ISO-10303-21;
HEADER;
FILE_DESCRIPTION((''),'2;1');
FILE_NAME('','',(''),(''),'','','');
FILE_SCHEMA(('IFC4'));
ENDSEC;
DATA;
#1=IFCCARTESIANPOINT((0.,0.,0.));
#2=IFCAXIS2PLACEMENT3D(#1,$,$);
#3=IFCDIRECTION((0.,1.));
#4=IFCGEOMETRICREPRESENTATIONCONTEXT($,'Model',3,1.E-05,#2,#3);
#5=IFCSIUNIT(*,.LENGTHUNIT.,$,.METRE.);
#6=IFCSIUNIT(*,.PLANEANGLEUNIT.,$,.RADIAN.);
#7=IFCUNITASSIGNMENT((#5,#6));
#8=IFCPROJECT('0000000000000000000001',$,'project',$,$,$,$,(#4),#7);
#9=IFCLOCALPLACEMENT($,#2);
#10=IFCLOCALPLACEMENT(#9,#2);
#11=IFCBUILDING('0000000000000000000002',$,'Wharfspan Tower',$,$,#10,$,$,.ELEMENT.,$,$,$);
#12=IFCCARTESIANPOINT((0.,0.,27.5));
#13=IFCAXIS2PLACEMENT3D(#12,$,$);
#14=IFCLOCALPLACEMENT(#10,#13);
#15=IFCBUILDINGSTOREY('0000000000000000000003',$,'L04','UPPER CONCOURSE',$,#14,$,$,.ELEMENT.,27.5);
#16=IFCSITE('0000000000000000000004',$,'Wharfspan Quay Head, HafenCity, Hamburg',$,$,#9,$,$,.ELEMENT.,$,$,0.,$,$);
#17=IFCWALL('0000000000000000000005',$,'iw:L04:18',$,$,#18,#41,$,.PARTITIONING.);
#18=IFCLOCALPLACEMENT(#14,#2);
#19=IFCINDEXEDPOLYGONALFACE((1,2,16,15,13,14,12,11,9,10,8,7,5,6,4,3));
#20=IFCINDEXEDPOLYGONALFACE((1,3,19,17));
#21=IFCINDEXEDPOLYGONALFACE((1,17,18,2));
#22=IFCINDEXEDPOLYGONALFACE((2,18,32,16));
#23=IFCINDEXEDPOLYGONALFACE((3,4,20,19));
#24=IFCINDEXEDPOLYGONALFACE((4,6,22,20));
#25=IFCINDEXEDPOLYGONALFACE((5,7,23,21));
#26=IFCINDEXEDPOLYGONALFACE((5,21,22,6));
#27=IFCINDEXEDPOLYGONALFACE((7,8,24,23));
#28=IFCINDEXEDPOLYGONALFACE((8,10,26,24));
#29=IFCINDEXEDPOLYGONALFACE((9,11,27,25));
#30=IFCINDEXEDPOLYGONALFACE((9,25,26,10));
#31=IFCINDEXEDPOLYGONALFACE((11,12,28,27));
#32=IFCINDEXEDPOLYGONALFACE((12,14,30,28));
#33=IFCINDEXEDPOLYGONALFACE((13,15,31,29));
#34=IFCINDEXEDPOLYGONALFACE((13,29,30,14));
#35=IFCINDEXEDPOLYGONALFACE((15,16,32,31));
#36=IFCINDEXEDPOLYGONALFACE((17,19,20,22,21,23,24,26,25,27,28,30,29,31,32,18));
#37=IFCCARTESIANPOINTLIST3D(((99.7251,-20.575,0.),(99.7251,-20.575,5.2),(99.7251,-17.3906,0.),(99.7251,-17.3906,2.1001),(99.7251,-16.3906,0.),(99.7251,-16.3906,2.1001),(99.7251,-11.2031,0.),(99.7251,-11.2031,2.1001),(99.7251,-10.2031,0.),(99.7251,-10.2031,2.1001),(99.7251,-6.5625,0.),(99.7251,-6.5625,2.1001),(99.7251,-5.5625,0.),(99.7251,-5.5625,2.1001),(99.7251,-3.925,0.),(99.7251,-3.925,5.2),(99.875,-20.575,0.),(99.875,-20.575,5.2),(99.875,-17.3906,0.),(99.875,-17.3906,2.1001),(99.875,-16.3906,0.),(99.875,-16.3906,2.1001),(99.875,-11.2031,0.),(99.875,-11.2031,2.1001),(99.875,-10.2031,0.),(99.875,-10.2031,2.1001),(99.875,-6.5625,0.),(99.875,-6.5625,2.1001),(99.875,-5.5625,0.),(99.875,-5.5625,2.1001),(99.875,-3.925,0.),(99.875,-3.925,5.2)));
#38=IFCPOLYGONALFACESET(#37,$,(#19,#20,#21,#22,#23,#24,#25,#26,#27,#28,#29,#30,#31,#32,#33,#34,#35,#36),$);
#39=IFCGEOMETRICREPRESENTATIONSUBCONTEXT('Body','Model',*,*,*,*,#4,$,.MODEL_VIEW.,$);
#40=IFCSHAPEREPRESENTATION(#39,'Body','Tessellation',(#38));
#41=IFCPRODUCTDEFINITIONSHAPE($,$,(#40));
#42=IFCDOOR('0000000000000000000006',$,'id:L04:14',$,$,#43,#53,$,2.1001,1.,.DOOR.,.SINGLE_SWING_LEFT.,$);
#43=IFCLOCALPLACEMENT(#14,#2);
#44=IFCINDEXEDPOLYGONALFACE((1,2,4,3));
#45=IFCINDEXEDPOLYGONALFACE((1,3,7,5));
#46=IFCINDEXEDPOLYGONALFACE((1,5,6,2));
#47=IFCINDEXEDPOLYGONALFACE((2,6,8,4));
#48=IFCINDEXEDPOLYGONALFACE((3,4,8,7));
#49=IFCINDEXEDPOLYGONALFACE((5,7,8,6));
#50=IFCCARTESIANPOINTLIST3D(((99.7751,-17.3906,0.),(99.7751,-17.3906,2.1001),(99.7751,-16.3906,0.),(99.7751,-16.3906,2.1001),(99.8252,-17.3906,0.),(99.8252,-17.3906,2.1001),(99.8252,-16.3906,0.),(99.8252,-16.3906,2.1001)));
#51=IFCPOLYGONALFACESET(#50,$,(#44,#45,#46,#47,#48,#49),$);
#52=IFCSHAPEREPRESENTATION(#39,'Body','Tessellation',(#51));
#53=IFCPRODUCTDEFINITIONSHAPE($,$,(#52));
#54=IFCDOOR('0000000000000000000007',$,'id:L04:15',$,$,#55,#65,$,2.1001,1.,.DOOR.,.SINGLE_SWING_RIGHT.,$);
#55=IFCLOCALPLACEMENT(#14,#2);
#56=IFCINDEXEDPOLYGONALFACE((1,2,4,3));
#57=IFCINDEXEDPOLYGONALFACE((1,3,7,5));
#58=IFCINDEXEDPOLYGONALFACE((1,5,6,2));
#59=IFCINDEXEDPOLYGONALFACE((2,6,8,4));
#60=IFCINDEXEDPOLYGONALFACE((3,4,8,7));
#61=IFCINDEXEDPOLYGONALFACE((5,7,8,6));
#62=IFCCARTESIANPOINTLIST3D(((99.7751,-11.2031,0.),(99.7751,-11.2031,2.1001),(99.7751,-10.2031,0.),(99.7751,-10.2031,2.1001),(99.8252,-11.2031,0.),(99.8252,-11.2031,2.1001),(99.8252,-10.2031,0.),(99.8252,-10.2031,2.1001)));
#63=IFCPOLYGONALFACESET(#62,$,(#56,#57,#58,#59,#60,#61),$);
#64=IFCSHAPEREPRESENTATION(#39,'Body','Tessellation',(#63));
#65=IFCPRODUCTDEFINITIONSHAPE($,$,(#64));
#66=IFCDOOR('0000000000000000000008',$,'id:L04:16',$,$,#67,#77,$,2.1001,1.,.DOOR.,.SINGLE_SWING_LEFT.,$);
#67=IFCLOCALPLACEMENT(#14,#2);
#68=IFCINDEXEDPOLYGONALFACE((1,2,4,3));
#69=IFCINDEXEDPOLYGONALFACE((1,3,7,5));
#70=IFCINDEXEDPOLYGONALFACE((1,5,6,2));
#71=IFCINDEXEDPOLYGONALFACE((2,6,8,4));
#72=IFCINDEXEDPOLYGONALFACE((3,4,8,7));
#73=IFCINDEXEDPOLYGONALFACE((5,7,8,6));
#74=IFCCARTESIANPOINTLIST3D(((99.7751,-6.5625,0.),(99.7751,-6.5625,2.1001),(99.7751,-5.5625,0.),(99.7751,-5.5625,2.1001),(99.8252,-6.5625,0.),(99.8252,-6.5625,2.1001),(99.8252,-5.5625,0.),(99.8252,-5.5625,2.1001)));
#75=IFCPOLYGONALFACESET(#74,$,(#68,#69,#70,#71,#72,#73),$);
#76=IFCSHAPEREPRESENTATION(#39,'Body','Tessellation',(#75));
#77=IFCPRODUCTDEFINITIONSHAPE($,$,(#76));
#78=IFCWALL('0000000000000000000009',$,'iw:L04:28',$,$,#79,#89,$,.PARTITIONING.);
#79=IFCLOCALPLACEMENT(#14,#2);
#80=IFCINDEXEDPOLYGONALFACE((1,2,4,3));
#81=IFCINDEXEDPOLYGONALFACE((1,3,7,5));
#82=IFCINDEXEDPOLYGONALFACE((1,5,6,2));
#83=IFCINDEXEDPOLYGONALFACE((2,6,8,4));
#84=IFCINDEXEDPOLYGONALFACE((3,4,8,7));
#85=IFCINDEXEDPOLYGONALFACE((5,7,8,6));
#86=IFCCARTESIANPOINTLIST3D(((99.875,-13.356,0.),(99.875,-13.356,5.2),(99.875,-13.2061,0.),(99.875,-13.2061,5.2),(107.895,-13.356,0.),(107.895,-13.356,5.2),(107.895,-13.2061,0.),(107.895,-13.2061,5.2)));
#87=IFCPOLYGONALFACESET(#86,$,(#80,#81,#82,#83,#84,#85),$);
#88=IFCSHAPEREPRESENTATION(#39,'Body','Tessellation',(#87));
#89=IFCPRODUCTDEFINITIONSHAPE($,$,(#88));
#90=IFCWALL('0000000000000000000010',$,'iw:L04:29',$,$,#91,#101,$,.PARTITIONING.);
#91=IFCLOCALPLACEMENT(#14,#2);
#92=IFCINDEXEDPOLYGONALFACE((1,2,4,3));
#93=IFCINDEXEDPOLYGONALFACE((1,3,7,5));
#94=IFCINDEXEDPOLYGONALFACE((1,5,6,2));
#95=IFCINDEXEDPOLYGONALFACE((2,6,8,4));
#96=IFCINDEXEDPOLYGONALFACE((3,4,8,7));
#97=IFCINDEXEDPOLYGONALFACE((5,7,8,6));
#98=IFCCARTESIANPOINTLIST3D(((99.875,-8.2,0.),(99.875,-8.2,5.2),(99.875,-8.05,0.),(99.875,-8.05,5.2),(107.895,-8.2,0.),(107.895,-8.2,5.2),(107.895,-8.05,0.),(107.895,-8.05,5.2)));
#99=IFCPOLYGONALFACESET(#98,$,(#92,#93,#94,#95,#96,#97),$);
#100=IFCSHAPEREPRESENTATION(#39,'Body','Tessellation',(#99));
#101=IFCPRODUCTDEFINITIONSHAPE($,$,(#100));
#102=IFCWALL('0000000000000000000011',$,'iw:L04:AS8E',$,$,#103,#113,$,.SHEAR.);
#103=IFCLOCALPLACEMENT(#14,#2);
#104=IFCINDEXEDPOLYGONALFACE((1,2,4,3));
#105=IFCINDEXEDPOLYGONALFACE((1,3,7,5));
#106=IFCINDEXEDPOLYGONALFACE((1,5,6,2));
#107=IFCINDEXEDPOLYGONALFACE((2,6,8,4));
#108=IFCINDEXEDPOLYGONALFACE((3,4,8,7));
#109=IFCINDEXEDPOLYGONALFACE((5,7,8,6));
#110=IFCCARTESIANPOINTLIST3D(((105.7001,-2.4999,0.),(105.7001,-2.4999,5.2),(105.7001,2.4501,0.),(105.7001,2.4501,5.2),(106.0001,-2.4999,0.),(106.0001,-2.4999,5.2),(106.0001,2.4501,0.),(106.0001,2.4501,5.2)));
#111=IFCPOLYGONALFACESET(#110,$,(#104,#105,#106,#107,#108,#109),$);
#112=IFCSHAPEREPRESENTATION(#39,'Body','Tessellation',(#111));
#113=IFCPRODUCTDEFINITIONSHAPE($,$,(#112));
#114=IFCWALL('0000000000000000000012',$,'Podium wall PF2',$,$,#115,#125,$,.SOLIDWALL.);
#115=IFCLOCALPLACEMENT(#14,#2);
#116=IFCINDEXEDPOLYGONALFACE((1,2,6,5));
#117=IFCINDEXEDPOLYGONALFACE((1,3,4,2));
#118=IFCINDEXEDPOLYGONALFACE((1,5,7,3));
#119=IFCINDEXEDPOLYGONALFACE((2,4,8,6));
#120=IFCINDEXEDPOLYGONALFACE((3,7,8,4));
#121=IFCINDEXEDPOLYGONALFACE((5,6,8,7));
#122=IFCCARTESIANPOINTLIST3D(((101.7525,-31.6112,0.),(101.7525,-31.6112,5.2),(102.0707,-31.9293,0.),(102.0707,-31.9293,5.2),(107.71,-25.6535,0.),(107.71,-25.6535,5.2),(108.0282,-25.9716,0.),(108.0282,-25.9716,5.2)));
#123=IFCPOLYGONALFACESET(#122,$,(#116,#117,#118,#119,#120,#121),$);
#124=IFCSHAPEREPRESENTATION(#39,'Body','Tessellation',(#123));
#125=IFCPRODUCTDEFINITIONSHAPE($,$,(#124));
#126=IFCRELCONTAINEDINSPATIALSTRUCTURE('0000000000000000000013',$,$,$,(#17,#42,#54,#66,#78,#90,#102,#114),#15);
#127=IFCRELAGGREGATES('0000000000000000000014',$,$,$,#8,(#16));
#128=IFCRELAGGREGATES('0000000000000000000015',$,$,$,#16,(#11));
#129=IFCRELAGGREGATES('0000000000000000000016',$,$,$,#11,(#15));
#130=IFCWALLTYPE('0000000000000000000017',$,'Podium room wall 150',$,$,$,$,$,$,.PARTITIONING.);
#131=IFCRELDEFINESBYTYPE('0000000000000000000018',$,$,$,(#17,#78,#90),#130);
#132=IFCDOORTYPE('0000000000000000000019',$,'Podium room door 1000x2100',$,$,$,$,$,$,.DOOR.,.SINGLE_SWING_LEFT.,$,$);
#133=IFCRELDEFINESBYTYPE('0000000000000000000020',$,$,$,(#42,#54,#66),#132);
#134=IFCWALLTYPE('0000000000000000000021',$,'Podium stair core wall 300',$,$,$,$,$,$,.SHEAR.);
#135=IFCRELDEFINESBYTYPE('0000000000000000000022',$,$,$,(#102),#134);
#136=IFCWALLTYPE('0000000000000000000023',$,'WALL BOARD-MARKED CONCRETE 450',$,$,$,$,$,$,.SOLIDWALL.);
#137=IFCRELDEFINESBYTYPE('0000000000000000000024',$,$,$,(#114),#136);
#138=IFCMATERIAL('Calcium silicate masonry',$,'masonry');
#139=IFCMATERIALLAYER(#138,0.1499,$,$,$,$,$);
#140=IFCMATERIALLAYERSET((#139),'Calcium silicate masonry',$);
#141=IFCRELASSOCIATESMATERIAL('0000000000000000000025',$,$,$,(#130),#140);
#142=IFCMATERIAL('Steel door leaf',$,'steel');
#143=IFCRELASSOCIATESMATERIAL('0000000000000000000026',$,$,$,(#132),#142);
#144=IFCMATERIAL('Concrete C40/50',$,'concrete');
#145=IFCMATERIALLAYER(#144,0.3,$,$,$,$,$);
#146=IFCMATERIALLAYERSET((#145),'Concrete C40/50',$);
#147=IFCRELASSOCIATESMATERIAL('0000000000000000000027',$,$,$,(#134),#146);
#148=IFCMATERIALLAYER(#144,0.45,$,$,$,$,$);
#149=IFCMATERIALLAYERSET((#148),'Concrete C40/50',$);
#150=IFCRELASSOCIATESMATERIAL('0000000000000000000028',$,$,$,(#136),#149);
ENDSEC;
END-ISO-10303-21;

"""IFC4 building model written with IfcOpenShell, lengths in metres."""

from ifc_helpers import new_model, si_unit, direction, frame, frame_2d, origin, place, context, subcontext, project, spatial, rectangle, extrude, material, layer, layer_set, type_object, element, fill, save


model = new_model("IFC4")

# Units and contexts
model_context = context("Model", 3, precision=1e-05, world=origin(), true_north=direction((0.0, 1.0)))
body_context = subcontext(model_context, "Body", "Model", "MODEL_VIEW")
ifc_project = project(units=[si_unit("LENGTHUNIT", "METRE"), si_unit("PLANEANGLEUNIT", "RADIAN")], contexts=[model_context])

# Site, building, storey
site_placement = place(None, origin())
site = spatial("IfcSite", under=ifc_project, at=site_placement, Name="Wharfspan Quay Head, HafenCity, Hamburg", CompositionType="ELEMENT", RefElevation=0.0)
building_placement = place(site_placement, origin())
building = spatial("IfcBuilding", under=site, at=building_placement, Name="Wharfspan Tower", CompositionType="ELEMENT")
storey_placement = place(building_placement, frame((0.0, 0.0, 27.5)))
storey = spatial("IfcBuildingStorey", under=building, at=storey_placement, Name="L04", Description="UPPER CONCOURSE", CompositionType="ELEMENT", Elevation=27.5)

# Shared definitions
ifc_material_1 = material(Name="Calcium silicate masonry", Category="masonry")
ifc_layer_1 = layer(ifc_material_1, 0.1499)
ifc_layer_set_1 = layer_set([ifc_layer_1], Name="Calcium silicate masonry")
wall_type_1 = type_object("IfcWallType", Name="Podium room wall 150", PredefinedType="PARTITIONING", material=ifc_layer_set_1)

# Wall, openings, doors
wall_1_placement = place(storey_placement, frame((99.8, -20.575, 0.0), z_axis=(0.0, 0.0, 1.0), x_axis=(0.0, 1.0, 0.0)))
wall_1 = element("IfcWall", 1, at=wall_1_placement, inside=storey, type_object=wall_type_1, Name="iw:L04:18", PredefinedType="PARTITIONING", context=body_context, shape_type="SweptSolid", body=[
    extrude(rectangle(XDim=16.6499, YDim=0.1499, at=frame_2d((8.325, 0.0))), origin(), (0.0, 0.0, 1.0), 5.2),
])
opening_1_placement = place(wall_1_placement, frame((3.1843, 0.0, 0.0)))
opening_1 = element("IfcOpeningElement", 2, at=opening_1_placement, cuts=wall_1, PredefinedType="OPENING", context=body_context, shape_type="SweptSolid", body=[
    extrude(rectangle(XDim=1.0, YDim=2.1001, at=frame_2d((0.5, 1.05))), frame((0.0, 0.085, 0.0), z_axis=(0.0, -1.0, 0.0), x_axis=(1.0, 0.0, 0.0)), (0.0, 0.0, 1.0), 0.1699),
])
opening_2_placement = place(wall_1_placement, frame((9.3718, 0.0, 0.0)))
opening_2 = element("IfcOpeningElement", 3, at=opening_2_placement, cuts=wall_1, PredefinedType="OPENING", context=body_context, shape_type="SweptSolid", body=[
    extrude(rectangle(XDim=1.0, YDim=2.1001, at=frame_2d((0.5, 1.05))), frame((0.0, 0.085, 0.0), z_axis=(0.0, -1.0, 0.0), x_axis=(1.0, 0.0, 0.0)), (0.0, 0.0, 1.0), 0.1699),
])
opening_3_placement = place(wall_1_placement, frame((14.0125, 0.0, 0.0)))
opening_3 = element("IfcOpeningElement", 4, at=opening_3_placement, cuts=wall_1, PredefinedType="OPENING", context=body_context, shape_type="SweptSolid", body=[
    extrude(rectangle(XDim=1.0, YDim=2.1001, at=frame_2d((0.5, 1.05))), frame((0.0, 0.085, 0.0), z_axis=(0.0, -1.0, 0.0), x_axis=(1.0, 0.0, 0.0)), (0.0, 0.0, 1.0), 0.1699),
])
ifc_material_2 = material(Name="Steel door leaf", Category="steel")
door_type = type_object("IfcDoorType", Name="Podium room door 1000x2100", OperationType="SINGLE_SWING_LEFT", PredefinedType="DOOR", material=ifc_material_2)
door_1_placement = place(opening_1_placement, origin())
door_1 = element("IfcDoor", 5, at=door_1_placement, inside=storey, type_object=door_type, Name="id:L04:14", OperationType="SINGLE_SWING_LEFT", OverallHeight=2.1001, OverallWidth=1.0, PredefinedType="DOOR", context=body_context, shape_type="SweptSolid", body=[
    extrude(rectangle(XDim=1.0, YDim=2.1001, at=frame_2d((0.5, 1.05))), frame((0.0, 0.0249, 0.0), z_axis=(0.0, -1.0, 0.0), x_axis=(1.0, 0.0, 0.0)), (0.0, 0.0, 1.0), 0.05),
])
fill(opening_1, door_1)
door_2_placement = place(opening_2_placement, origin())
door_2 = element("IfcDoor", 6, at=door_2_placement, inside=storey, type_object=door_type, Name="id:L04:15", OperationType="SINGLE_SWING_RIGHT", OverallHeight=2.1001, OverallWidth=1.0, PredefinedType="DOOR", context=body_context, shape_type="SweptSolid", body=[
    extrude(rectangle(XDim=1.0, YDim=2.1001, at=frame_2d((0.5, 1.05))), frame((0.0, 0.0249, 0.0), z_axis=(0.0, -1.0, 0.0), x_axis=(1.0, 0.0, 0.0)), (0.0, 0.0, 1.0), 0.05),
])
fill(opening_2, door_2)
door_3_placement = place(opening_3_placement, origin())
door_3 = element("IfcDoor", 7, at=door_3_placement, inside=storey, type_object=door_type, Name="id:L04:16", OperationType="SINGLE_SWING_LEFT", OverallHeight=2.1001, OverallWidth=1.0, PredefinedType="DOOR", context=body_context, shape_type="SweptSolid", body=[
    extrude(rectangle(XDim=1.0, YDim=2.1001, at=frame_2d((0.5, 1.05))), frame((0.0, 0.0249, 0.0), z_axis=(0.0, -1.0, 0.0), x_axis=(1.0, 0.0, 0.0)), (0.0, 0.0, 1.0), 0.05),
])
fill(opening_3, door_3)

# Walls
for number, where, z_axis, x_axis, name in (
    (8, (99.875, -13.281, 0.0), (0.0, 0.0, 1.0), (1.0, 0.0, 0.0), "iw:L04:28"),
    (9, (99.875, -8.125, 0.0), (0.0, 0.0, 1.0), (1.0, 0.0, 0.0), "iw:L04:29"),
):
    element("IfcWall", number, at=place(storey_placement, frame(where, z_axis=z_axis, x_axis=x_axis)), inside=storey, type_object=wall_type_1, Name=name, PredefinedType="PARTITIONING", context=body_context, shape_type="SweptSolid", body=[
        extrude(rectangle(XDim=8.02, YDim=0.1499, at=frame_2d((4.01, 0.0))), origin(), (0.0, 0.0, 1.0), 5.2),
    ])
ifc_material_3 = material(Name="Concrete C40/50", Category="concrete")
ifc_layer_2 = layer(ifc_material_3, 0.3)
ifc_layer_set_2 = layer_set([ifc_layer_2], Name="Concrete C40/50")
wall_type_2 = type_object("IfcWallType", Name="Podium stair core wall 300", PredefinedType="SHEAR", material=ifc_layer_set_2)
wall_2_placement = place(storey_placement, frame((105.8501, -2.5, 0.0), z_axis=(0.0, 0.0, 1.0), x_axis=(0.0, 1.0, 0.0)))
element("IfcWall", 10, at=wall_2_placement, inside=storey, type_object=wall_type_2, Name="iw:L04:AS8E", PredefinedType="SHEAR", context=body_context, shape_type="SweptSolid", body=[
    extrude(rectangle(XDim=4.95, YDim=0.3, at=frame_2d((2.4751, 0.0))), origin(), (0.0, 0.0, 1.0), 5.2),
])
ifc_layer_3 = layer(ifc_material_3, 0.45)
ifc_layer_set_3 = layer_set([ifc_layer_3], Name="Concrete C40/50")
wall_type_3 = type_object("IfcWallType", Name="WALL BOARD-MARKED CONCRETE 450", PredefinedType="SOLIDWALL", material=ifc_layer_set_3)
wall_3_placement = place(storey_placement, frame((101.9116, -31.7703, 0.0), z_axis=(0.0, 0.0, 1.0), x_axis=(0.707092, 0.707121, 0.0)))
element("IfcWall", 11, at=wall_3_placement, inside=storey, type_object=wall_type_3, Name="Podium wall PF2", PredefinedType="SOLIDWALL", context=body_context, shape_type="SweptSolid", body=[
    extrude(rectangle(XDim=8.4253, YDim=0.45, at=frame_2d((4.2126, 0.0))), origin(), (0.0, 0.0, 1.0), 5.2),
])

save(model, "model.ifc")
